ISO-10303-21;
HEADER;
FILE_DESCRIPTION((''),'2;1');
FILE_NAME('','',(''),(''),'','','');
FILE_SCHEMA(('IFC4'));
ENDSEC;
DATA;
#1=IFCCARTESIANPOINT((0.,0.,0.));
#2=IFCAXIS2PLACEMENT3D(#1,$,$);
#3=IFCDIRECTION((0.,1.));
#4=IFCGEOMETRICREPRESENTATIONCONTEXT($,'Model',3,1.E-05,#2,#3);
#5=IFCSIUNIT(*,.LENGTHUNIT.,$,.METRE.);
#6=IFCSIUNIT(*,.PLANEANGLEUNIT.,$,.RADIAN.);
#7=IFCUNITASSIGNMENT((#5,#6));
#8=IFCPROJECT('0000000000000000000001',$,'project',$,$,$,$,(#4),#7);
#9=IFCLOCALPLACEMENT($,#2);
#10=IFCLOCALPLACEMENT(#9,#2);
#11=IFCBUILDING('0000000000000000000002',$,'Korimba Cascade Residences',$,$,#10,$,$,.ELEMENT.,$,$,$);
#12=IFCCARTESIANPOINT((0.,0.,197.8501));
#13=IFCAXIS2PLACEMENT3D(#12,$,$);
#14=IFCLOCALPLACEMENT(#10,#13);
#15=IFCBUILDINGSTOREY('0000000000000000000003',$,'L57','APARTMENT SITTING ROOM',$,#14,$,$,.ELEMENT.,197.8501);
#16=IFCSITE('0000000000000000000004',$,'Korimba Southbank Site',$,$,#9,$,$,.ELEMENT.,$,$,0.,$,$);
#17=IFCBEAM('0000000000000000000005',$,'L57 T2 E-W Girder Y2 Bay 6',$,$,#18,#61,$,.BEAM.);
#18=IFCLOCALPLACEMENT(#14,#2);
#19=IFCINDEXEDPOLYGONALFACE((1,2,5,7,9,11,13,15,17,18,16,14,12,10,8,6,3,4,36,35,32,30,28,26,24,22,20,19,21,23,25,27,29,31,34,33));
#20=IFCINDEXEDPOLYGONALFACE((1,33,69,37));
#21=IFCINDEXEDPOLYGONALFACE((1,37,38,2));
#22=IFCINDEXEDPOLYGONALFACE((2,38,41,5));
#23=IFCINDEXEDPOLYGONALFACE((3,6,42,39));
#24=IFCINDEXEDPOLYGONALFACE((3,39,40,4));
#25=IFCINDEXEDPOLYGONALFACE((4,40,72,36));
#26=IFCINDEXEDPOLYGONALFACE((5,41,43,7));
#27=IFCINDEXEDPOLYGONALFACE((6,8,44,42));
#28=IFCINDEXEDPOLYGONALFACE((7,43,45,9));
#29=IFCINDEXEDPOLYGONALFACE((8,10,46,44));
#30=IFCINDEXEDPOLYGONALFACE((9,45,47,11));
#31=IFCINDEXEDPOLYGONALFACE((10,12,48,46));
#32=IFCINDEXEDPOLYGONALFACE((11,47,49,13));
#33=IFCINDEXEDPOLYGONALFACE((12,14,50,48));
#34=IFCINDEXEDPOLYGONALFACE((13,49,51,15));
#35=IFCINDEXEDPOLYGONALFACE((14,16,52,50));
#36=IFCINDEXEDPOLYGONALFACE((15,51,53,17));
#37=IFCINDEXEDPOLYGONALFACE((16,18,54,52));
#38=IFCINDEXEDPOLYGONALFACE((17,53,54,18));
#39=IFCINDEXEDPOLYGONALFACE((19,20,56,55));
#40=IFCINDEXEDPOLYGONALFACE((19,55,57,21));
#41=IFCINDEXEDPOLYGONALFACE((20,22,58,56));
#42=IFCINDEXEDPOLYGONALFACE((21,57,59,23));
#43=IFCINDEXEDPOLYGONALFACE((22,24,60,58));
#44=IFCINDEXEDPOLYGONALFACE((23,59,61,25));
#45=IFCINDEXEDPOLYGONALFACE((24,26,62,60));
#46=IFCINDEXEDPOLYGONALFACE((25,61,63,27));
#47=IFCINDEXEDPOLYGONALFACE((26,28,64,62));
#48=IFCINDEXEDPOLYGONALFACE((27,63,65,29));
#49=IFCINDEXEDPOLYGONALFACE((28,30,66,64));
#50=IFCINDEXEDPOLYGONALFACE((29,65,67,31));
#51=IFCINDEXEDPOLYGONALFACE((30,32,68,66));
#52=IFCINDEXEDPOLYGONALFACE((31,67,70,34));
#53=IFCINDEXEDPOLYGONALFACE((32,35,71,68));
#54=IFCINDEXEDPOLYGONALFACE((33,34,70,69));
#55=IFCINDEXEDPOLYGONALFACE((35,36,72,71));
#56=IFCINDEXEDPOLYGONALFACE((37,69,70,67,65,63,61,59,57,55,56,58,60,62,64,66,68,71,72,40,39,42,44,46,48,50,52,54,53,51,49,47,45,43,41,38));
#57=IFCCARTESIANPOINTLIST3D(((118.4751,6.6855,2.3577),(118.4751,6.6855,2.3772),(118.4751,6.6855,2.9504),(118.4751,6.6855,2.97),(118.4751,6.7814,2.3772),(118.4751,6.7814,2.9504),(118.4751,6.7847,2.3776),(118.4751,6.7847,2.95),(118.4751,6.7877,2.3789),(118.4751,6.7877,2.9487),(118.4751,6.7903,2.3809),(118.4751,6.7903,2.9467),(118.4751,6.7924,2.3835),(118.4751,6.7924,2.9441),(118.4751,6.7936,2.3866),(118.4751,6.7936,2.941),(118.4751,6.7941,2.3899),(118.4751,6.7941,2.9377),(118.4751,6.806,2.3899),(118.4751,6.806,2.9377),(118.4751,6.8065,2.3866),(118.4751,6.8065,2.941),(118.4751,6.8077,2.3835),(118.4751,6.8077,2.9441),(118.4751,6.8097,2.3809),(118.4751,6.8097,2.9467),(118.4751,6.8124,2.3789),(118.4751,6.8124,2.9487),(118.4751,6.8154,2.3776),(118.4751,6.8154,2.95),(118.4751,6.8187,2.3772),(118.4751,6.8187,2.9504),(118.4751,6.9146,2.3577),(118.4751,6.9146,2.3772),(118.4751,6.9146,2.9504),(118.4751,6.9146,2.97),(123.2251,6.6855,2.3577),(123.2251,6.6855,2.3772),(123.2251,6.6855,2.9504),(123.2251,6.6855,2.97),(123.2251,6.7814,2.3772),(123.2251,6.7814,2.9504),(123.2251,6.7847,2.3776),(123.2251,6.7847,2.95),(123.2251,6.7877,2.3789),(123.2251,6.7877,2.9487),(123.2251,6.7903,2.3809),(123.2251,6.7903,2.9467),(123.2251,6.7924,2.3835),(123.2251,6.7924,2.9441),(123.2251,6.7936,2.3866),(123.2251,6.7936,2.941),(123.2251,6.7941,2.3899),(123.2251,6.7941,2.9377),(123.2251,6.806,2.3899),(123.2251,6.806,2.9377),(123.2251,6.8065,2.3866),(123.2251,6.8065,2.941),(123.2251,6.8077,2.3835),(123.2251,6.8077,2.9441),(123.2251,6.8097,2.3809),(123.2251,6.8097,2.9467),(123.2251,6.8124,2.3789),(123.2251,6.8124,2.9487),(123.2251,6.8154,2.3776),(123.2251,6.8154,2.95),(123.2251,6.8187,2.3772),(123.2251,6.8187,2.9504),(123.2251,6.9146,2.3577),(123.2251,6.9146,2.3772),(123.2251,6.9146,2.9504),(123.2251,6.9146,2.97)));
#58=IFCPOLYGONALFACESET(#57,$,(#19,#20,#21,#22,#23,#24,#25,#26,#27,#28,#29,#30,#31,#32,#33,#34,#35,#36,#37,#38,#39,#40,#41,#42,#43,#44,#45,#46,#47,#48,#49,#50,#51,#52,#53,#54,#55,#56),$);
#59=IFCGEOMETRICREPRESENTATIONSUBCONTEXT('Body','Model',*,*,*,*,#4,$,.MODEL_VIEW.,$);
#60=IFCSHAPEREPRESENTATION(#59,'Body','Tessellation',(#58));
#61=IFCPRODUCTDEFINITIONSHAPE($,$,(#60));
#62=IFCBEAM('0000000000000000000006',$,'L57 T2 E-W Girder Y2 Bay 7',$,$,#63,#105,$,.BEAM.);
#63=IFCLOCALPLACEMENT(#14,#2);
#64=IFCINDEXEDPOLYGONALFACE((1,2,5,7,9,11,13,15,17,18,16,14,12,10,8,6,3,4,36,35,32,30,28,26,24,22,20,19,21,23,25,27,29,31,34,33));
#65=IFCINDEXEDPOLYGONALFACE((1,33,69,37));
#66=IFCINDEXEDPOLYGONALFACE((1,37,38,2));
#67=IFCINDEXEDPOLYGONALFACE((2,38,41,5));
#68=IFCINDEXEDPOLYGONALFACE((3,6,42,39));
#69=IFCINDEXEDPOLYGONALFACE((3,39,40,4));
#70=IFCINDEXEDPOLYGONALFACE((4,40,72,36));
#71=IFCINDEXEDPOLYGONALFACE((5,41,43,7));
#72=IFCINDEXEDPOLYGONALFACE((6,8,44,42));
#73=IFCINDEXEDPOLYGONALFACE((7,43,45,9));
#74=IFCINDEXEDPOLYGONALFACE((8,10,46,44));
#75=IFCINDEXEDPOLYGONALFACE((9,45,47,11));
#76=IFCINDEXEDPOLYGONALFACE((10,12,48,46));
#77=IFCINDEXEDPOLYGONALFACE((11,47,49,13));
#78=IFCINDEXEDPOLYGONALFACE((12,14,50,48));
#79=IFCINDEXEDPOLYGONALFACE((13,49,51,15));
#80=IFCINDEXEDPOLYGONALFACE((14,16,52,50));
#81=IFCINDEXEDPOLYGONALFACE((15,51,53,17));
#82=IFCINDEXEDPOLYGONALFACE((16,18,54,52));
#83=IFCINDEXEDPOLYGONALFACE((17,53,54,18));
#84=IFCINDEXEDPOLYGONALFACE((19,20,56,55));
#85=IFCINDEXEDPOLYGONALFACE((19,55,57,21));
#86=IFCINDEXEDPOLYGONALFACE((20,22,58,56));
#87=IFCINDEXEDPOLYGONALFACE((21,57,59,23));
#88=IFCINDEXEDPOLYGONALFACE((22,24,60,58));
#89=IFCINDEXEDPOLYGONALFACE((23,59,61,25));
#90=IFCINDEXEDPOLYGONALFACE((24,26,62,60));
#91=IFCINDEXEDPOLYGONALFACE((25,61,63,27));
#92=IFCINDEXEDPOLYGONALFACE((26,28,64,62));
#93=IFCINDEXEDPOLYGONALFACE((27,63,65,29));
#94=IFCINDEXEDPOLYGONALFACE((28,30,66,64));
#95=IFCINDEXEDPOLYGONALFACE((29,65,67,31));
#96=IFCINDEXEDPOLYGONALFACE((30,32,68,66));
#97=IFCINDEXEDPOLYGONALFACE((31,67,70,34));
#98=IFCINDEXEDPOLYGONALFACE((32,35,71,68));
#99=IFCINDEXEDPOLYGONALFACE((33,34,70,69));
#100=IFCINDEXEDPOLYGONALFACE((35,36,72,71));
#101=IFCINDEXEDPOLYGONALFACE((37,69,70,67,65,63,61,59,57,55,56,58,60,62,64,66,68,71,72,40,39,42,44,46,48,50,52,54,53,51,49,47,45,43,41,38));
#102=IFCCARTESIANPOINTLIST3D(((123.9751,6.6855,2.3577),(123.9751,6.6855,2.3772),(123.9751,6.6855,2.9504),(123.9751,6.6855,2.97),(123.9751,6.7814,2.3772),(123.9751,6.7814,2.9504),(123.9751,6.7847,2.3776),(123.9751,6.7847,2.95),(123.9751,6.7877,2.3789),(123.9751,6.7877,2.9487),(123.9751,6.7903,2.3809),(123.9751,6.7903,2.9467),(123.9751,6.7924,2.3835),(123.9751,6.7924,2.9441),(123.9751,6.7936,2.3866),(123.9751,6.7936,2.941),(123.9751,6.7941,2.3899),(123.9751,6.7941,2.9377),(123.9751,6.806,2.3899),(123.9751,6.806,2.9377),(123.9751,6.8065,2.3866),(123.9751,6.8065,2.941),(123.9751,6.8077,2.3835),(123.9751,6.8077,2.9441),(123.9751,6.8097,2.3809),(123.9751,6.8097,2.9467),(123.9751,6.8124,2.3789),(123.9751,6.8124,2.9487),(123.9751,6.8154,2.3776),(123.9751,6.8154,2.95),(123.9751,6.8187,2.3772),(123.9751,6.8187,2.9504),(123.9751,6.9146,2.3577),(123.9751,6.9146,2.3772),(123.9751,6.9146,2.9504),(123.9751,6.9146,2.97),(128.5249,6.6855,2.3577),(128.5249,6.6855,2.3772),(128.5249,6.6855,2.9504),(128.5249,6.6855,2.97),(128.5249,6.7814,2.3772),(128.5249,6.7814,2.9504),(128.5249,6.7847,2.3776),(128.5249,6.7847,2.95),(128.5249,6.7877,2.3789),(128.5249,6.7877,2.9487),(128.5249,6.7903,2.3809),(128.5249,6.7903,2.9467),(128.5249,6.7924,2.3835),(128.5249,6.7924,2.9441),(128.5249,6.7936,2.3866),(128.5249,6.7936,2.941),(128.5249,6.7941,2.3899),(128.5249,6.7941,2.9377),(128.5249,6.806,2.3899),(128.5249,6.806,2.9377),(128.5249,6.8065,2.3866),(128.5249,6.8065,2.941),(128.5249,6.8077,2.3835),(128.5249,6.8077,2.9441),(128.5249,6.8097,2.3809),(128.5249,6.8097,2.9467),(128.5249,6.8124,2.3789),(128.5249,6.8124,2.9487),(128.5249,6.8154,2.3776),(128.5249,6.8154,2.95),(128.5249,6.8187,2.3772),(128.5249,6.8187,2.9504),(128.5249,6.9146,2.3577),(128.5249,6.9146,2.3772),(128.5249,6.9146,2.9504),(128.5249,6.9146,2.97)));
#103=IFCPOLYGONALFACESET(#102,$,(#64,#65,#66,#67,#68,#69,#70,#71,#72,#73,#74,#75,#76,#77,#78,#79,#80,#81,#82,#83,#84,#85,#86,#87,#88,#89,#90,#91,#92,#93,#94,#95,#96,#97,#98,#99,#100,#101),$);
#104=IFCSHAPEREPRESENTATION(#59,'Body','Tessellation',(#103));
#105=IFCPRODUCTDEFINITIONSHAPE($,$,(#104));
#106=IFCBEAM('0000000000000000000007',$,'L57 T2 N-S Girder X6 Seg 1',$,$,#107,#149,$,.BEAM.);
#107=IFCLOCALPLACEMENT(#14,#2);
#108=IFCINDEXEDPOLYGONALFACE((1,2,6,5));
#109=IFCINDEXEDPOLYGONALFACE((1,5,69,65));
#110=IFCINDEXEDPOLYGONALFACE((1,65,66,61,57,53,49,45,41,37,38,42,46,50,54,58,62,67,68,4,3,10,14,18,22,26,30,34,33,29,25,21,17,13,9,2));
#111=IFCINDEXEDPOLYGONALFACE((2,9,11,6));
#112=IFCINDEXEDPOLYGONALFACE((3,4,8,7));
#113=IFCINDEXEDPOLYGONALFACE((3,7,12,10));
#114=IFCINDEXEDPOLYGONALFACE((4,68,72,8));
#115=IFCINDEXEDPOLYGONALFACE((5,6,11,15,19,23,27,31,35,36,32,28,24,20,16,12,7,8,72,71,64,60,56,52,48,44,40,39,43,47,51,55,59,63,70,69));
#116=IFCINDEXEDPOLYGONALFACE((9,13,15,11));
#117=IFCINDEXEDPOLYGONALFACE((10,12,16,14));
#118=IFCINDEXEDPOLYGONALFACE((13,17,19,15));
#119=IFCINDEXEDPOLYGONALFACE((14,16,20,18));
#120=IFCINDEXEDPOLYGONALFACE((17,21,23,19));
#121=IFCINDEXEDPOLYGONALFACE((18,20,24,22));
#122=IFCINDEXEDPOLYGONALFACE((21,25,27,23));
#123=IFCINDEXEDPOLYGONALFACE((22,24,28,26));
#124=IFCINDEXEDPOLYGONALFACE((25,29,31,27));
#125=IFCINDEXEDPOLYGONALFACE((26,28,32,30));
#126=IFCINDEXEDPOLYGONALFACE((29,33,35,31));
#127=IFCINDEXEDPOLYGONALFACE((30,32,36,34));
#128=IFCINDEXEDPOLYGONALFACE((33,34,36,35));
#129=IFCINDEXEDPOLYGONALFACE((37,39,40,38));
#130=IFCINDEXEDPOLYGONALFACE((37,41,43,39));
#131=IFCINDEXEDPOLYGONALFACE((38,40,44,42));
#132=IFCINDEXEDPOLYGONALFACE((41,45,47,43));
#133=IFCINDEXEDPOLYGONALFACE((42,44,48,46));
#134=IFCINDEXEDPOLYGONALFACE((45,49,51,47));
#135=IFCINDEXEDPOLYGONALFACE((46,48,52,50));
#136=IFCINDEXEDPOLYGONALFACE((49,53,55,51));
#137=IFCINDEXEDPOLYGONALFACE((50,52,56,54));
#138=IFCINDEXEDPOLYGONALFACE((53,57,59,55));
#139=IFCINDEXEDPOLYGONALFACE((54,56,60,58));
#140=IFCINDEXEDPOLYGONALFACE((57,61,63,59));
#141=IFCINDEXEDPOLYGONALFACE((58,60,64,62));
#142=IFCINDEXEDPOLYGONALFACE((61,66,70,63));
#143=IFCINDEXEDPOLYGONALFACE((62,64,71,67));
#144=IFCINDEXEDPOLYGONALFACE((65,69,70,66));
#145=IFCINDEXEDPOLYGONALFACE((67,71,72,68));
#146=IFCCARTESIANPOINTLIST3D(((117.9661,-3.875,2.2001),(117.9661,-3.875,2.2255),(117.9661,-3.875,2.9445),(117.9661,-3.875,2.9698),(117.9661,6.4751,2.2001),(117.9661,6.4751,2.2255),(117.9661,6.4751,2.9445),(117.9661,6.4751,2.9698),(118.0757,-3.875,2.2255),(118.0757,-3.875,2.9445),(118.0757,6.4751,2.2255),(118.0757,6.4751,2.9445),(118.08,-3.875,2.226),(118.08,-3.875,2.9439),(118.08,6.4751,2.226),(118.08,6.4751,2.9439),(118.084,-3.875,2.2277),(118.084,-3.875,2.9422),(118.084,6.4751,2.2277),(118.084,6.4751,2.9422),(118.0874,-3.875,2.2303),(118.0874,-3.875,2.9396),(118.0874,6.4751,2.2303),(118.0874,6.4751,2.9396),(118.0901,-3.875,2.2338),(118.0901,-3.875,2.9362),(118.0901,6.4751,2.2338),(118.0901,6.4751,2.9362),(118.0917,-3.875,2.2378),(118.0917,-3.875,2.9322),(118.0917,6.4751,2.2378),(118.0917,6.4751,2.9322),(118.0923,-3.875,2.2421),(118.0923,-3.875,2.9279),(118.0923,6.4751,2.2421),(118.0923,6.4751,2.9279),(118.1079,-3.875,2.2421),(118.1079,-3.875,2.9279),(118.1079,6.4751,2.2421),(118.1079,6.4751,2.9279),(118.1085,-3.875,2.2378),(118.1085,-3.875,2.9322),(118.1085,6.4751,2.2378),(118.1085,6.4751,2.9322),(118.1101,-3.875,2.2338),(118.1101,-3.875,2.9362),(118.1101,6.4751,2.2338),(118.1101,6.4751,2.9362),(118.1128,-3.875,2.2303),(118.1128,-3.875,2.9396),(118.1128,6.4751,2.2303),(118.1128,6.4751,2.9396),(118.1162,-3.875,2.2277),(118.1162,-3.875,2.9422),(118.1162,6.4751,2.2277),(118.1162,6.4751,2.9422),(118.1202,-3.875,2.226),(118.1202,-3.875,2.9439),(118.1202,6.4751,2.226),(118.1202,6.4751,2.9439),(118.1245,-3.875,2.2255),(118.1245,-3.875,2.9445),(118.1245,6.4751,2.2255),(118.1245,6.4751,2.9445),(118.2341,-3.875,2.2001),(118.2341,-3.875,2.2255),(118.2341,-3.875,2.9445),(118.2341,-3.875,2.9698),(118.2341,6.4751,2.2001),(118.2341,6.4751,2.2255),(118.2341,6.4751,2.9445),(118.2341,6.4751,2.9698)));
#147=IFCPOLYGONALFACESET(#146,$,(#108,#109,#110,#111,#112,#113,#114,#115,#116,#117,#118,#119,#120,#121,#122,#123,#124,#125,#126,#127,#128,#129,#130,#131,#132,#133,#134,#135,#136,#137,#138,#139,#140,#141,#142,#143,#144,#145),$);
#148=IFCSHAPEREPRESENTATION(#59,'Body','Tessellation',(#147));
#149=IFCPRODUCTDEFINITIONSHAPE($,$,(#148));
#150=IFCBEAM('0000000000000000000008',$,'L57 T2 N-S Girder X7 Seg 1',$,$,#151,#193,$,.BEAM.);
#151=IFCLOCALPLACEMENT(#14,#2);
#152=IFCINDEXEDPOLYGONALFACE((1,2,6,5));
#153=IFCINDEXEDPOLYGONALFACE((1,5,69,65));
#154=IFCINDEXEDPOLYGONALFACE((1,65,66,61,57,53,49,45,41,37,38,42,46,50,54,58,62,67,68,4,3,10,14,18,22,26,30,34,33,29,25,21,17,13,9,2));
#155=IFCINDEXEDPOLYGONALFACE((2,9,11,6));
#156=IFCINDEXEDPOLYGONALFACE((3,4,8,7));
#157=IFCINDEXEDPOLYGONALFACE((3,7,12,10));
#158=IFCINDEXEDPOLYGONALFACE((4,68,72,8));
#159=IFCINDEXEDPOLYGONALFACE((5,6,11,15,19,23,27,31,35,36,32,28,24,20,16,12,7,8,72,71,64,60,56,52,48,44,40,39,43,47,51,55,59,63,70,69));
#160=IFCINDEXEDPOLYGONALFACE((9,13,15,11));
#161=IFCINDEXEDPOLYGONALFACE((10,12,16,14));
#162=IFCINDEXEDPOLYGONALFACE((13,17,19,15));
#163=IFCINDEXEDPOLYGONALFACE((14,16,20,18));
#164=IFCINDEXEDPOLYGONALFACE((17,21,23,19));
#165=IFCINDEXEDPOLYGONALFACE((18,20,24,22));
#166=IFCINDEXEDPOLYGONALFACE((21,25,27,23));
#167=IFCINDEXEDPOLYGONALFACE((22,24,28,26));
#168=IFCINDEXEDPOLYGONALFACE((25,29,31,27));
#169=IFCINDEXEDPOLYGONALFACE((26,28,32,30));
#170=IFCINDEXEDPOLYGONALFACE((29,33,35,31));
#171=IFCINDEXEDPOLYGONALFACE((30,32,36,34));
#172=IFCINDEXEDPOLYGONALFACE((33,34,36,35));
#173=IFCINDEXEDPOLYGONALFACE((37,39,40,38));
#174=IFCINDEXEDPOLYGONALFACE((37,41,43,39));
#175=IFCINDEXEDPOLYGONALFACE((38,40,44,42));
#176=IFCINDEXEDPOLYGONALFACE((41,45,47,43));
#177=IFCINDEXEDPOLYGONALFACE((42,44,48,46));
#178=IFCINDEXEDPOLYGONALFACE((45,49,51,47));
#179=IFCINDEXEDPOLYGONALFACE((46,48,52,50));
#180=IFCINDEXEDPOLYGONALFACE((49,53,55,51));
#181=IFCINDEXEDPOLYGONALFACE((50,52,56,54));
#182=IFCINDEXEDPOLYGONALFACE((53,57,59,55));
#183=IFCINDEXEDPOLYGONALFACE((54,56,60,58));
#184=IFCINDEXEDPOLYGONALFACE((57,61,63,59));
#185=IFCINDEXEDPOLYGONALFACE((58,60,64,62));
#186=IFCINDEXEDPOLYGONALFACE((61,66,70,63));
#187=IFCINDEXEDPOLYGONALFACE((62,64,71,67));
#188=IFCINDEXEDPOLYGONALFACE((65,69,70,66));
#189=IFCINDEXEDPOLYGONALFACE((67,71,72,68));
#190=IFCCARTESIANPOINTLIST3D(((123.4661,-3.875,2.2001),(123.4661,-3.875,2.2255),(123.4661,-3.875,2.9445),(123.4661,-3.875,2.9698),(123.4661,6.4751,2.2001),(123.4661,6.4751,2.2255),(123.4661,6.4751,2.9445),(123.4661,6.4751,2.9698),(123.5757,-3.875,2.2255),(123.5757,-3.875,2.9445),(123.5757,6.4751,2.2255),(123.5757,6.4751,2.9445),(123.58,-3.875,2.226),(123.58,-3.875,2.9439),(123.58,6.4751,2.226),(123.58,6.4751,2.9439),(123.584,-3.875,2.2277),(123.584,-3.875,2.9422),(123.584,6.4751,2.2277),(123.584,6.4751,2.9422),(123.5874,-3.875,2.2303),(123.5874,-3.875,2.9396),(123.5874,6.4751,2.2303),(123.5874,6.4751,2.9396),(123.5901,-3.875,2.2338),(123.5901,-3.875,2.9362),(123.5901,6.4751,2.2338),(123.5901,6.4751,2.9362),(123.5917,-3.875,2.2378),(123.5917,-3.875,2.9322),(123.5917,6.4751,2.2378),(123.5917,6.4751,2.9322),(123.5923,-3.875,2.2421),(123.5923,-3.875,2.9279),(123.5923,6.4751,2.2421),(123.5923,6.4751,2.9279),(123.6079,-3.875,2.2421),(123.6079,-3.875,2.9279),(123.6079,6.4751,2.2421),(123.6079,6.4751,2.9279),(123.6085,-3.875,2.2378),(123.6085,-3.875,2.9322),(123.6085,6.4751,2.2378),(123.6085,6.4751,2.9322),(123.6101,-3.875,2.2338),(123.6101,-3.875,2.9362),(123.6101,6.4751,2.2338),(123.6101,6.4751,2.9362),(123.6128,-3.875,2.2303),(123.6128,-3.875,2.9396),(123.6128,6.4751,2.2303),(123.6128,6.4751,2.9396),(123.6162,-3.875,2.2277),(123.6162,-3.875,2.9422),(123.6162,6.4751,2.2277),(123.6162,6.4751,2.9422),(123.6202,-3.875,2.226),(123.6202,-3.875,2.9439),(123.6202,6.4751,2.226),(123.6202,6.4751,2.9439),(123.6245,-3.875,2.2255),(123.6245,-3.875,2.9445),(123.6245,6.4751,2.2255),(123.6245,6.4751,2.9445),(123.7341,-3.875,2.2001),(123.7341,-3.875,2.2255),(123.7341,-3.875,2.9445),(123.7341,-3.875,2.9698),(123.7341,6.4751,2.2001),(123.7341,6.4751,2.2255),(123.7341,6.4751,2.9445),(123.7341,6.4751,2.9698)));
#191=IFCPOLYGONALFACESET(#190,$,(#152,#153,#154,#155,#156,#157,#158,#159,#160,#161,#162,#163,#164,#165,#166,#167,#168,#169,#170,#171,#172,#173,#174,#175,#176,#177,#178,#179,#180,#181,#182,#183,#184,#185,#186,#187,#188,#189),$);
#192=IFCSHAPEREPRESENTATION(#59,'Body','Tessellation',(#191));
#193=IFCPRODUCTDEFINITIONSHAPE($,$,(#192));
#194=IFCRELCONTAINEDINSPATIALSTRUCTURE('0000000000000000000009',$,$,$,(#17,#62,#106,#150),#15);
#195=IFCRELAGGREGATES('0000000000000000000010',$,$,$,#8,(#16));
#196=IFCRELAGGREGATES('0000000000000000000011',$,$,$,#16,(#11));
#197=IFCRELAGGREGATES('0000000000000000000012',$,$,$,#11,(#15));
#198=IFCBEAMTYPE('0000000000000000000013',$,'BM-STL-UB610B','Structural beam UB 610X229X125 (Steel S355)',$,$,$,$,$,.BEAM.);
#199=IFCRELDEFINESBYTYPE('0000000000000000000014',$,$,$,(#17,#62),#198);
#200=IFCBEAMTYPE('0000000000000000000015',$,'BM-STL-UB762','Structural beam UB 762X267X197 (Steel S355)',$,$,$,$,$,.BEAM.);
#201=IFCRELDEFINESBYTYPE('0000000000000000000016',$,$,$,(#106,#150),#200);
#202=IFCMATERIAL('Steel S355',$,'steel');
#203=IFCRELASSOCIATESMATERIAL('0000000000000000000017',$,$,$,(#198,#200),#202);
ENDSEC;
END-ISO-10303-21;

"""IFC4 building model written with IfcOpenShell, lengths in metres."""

from ifc_helpers import new_model, si_unit, direction, frame, origin, origin_2d, place, context, subcontext, project, spatial, i_section, extrude, material, material_profile, profile_set, type_object, element, save


model = new_model("IFC4")

# Units and contexts
model_context = context("Model", 3, precision=1e-05, world=origin(), true_north=direction((0.0, 1.0)))
body_context = subcontext(model_context, "Body", "Model", "MODEL_VIEW")
ifc_project = project(units=[si_unit("LENGTHUNIT", "METRE"), si_unit("PLANEANGLEUNIT", "RADIAN")], contexts=[model_context])

# Site, building, storey
site_placement = place(None, origin())
site = spatial("IfcSite", under=ifc_project, at=site_placement, Name="Korimba Southbank Site", CompositionType="ELEMENT", RefElevation=0.0)
building_placement = place(site_placement, origin())
building = spatial("IfcBuilding", under=site, at=building_placement, Name="Korimba Cascade Residences", CompositionType="ELEMENT")
storey_placement = place(building_placement, frame((0.0, 0.0, 197.8501)))
storey = spatial("IfcBuildingStorey", under=building, at=storey_placement, Name="L57", Description="APARTMENT SITTING ROOM", CompositionType="ELEMENT", Elevation=197.8501)

# Beams
ifc_material_1 = material(Name="Steel S355", Category="steel")
ifc_material_profile_1 = material_profile(ifc_material_1, i_section(OverallWidth=0.229, OverallDepth=0.6123, WebThickness=0.012, FlangeThickness=0.0195, FilletRadius=0.0127, at=origin_2d()), Name="Steel S355")
ifc_profile_set_1 = profile_set([ifc_material_profile_1], Name="Steel S355")
beam_type_1 = type_object("IfcBeamType", Name="BM-STL-UB610B", Description="Structural beam UB 610X229X125 (Steel S355)", PredefinedType="BEAM", material=ifc_profile_set_1)
beam_1_placement = place(storey_placement, frame((118.4751, 6.8, 2.6638), z_axis=(1.0, 0.0, 0.0), x_axis=(0.0, 1.0, 0.0)))
element("IfcBeam", 1, at=beam_1_placement, inside=storey, type_object=beam_type_1, Name="L57 T2 E-W Girder Y2 Bay 6", PredefinedType="BEAM", context=body_context, shape_type="SweptSolid", body=[
    extrude(i_section(OverallWidth=0.229, OverallDepth=0.6123, WebThickness=0.012, FlangeThickness=0.0195, FilletRadius=0.0127, at=origin_2d()), origin(), (0.0, 0.0, 1.0), 4.75),
])
beam_2_placement = place(storey_placement, frame((123.9751, 6.8, 2.6638), z_axis=(1.0, 0.0, 0.0), x_axis=(0.0, 1.0, 0.0)))
element("IfcBeam", 2, at=beam_2_placement, inside=storey, type_object=beam_type_1, Name="L57 T2 E-W Girder Y2 Bay 7", PredefinedType="BEAM", context=body_context, shape_type="SweptSolid", body=[
    extrude(i_section(OverallWidth=0.229, OverallDepth=0.6123, WebThickness=0.012, FlangeThickness=0.0195, FilletRadius=0.0127, at=origin_2d()), origin(), (0.0, 0.0, 1.0), 4.5498),
])
ifc_material_profile_2 = material_profile(ifc_material_1, i_section(OverallWidth=0.2681, OverallDepth=0.7698, WebThickness=0.0156, FlangeThickness=0.0254, FilletRadius=0.0166, at=origin_2d()), Name="Steel S355")
ifc_profile_set_2 = profile_set([ifc_material_profile_2], Name="Steel S355")
beam_type_2 = type_object("IfcBeamType", Name="BM-STL-UB762", Description="Structural beam UB 762X267X197 (Steel S355)", PredefinedType="BEAM", material=ifc_profile_set_2)
for number, where, z_axis, x_axis, name in (
    (3, (118.1001, -3.875, 2.585), (0.0, 1.0, 0.0), (-1.0, 0.0, 0.0), "L57 T2 N-S Girder X6 Seg 1"),
    (4, (123.6001, -3.875, 2.585), (0.0, 1.0, 0.0), (-1.0, 0.0, 0.0), "L57 T2 N-S Girder X7 Seg 1"),
):
    element("IfcBeam", number, at=place(storey_placement, frame(where, z_axis=z_axis, x_axis=x_axis)), inside=storey, type_object=beam_type_2, Name=name, PredefinedType="BEAM", context=body_context, shape_type="SweptSolid", body=[
        extrude(i_section(OverallWidth=0.2681, OverallDepth=0.7698, WebThickness=0.0156, FlangeThickness=0.0254, FilletRadius=0.0166, at=origin_2d()), origin(), (0.0, 0.0, 1.0), 10.3501),
    ])

save(model, "model.ifc")
